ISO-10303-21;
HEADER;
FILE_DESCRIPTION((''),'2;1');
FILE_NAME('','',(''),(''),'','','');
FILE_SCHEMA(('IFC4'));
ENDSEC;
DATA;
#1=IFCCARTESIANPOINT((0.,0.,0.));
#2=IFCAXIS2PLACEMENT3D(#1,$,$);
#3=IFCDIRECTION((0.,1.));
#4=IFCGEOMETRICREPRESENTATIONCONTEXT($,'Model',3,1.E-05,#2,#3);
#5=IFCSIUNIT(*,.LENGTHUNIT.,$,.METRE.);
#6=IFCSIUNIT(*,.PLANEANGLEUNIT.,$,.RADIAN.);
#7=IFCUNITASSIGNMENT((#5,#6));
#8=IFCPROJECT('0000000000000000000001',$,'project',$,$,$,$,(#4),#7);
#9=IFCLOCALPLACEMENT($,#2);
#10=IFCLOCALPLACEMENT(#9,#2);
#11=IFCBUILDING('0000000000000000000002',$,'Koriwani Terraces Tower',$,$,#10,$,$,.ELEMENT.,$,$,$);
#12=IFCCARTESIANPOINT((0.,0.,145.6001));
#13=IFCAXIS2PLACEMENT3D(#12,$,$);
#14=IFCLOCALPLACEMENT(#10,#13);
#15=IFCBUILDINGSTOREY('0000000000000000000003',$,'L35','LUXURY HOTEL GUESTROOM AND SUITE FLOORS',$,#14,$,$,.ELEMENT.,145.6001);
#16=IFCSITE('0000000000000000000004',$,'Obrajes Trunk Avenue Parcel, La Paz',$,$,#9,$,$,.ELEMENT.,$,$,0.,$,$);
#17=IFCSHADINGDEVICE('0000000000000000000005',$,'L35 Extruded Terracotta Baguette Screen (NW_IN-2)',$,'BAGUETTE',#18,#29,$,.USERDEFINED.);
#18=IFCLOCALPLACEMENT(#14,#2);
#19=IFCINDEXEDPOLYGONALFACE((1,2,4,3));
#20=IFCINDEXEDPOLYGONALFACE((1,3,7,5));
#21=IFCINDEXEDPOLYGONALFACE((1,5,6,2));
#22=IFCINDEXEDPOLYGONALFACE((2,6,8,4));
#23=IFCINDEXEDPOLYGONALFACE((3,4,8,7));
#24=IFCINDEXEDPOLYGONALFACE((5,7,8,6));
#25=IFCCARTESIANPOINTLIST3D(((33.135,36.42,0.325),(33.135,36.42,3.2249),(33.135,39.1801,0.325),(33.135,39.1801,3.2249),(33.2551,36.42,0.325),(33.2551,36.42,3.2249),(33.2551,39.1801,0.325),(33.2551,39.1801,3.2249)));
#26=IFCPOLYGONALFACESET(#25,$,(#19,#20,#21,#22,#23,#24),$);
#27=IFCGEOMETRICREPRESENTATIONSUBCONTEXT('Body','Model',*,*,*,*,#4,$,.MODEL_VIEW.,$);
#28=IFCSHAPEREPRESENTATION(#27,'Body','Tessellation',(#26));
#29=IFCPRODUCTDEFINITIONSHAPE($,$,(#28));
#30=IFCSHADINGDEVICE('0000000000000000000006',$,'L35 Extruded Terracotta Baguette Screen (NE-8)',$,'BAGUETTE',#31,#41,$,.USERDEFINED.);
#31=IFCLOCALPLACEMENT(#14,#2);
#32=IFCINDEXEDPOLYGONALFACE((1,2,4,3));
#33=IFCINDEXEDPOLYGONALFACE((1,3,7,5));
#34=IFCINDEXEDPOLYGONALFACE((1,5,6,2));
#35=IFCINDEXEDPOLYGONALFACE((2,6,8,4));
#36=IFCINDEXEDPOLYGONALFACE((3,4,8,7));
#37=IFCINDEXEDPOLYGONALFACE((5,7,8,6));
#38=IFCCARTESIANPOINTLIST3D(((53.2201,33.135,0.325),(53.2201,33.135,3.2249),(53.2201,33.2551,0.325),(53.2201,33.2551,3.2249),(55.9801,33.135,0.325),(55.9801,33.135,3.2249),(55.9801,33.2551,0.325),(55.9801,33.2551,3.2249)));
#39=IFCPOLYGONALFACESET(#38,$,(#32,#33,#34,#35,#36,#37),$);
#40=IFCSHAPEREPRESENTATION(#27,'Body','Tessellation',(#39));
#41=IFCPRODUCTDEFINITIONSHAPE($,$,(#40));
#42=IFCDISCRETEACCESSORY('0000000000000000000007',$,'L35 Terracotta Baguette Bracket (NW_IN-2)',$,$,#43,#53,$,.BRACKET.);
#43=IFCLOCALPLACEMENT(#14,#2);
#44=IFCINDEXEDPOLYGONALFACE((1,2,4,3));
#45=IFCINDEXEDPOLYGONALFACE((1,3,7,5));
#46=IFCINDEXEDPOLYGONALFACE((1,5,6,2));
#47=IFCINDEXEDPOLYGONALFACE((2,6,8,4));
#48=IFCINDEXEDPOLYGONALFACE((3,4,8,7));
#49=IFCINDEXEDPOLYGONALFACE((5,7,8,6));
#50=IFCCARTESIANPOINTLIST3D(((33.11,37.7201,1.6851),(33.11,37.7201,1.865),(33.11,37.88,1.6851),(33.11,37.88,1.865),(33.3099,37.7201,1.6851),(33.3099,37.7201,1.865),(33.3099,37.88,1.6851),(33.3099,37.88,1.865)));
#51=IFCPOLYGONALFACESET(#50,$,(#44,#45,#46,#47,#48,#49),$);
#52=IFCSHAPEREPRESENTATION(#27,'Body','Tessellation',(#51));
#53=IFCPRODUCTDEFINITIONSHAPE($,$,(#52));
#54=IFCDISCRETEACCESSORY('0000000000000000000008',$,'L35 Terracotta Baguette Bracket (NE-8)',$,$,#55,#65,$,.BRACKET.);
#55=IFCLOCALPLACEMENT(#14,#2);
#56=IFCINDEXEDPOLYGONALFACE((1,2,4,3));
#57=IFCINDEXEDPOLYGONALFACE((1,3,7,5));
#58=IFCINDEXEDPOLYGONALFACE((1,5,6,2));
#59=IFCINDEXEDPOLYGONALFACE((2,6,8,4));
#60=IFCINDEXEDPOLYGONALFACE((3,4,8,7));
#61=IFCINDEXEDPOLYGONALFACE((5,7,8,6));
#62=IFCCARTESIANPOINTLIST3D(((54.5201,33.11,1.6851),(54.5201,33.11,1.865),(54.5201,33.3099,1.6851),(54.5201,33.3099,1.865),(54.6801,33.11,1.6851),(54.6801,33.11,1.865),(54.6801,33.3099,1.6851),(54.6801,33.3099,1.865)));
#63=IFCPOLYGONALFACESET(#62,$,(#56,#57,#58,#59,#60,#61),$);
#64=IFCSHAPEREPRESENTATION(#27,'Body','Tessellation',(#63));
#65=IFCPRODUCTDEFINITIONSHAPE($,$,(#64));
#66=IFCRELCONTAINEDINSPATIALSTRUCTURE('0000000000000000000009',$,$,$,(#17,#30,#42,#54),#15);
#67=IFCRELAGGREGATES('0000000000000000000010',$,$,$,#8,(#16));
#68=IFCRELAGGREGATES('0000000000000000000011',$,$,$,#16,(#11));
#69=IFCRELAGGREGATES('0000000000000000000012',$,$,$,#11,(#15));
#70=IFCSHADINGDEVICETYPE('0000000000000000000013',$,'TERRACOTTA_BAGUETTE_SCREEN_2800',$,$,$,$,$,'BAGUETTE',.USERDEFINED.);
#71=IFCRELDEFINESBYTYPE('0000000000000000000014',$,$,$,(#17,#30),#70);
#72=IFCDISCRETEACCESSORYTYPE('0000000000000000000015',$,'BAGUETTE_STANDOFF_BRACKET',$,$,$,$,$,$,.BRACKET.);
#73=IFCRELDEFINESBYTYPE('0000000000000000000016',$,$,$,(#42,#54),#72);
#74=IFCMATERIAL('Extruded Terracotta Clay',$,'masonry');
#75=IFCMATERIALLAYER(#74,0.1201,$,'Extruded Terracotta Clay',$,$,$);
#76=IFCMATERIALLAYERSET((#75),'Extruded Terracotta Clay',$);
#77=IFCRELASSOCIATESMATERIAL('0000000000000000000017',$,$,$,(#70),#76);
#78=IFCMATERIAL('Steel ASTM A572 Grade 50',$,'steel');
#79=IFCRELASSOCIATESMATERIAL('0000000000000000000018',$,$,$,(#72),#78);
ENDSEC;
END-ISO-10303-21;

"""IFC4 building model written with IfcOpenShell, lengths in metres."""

from ifc_helpers import new_model, si_unit, direction, frame, origin, origin_2d, place, context, subcontext, project, spatial, rectangle, extrude, material, layer, layer_set, type_object, element, save


model = new_model("IFC4")

# Units and contexts
model_context = context("Model", 3, precision=1e-05, world=origin(), true_north=direction((0.0, 1.0)))
body_context = subcontext(model_context, "Body", "Model", "MODEL_VIEW")
ifc_project = project(units=[si_unit("LENGTHUNIT", "METRE"), si_unit("PLANEANGLEUNIT", "RADIAN")], contexts=[model_context])

# Site, building, storey
site_placement = place(None, origin())
site = spatial("IfcSite", under=ifc_project, at=site_placement, Name="Obrajes Trunk Avenue Parcel, La Paz", CompositionType="ELEMENT", RefElevation=0.0)
building_placement = place(site_placement, origin())
building = spatial("IfcBuilding", under=site, at=building_placement, Name="Koriwani Terraces Tower", CompositionType="ELEMENT")
storey_placement = place(building_placement, frame((0.0, 0.0, 145.6001)))
storey = spatial("IfcBuildingStorey", under=building, at=storey_placement, Name="L35", Description="LUXURY HOTEL GUESTROOM AND SUITE FLOORS", CompositionType="ELEMENT", Elevation=145.6001)

# Shared definitions
ifc_material_1 = material(Name="Steel ASTM A572 Grade 50", Category="steel")

# Shading devices
ifc_material_2 = material(Name="Extruded Terracotta Clay", Category="masonry")
ifc_layer_1 = layer(ifc_material_2, 0.1201, Name="Extruded Terracotta Clay")
ifc_layer_set_1 = layer_set([ifc_layer_1], Name="Extruded Terracotta Clay")
shading_device_type = type_object("IfcShadingDeviceType", Name="TERRACOTTA_BAGUETTE_SCREEN_2800", ElementType="BAGUETTE", PredefinedType="USERDEFINED", material=ifc_layer_set_1)
for number, where, z_axis, x_axis, name in (
    (1, (33.1951, 37.8, 0.325), (0.0, 0.0, 1.0), (0.0, -1.0, 0.0), "L35 Extruded Terracotta Baguette Screen (NW_IN-2)"),
    (2, (54.6001, 33.1951, 0.325), (0.0, 0.0, 1.0), (1.0, 0.0, 0.0), "L35 Extruded Terracotta Baguette Screen (NE-8)"),
):
    element("IfcShadingDevice", number, at=place(storey_placement, frame(where, z_axis=z_axis, x_axis=x_axis)), inside=storey, type_object=shading_device_type, Name=name, ObjectType="BAGUETTE", PredefinedType="USERDEFINED", context=body_context, shape_type="SweptSolid", body=[
        extrude(rectangle(XDim=2.76, YDim=0.1201, at=origin_2d()), origin(), (0.0, 0.0, 1.0), 2.8999),
    ])

# Discrete accessories
discrete_accessory_type = type_object("IfcDiscreteAccessoryType", Name="BAGUETTE_STANDOFF_BRACKET", PredefinedType="BRACKET", material=ifc_material_1)
for number, where, z_axis, x_axis, name in (
    (3, (33.21, 37.8, 1.6851), (0.0, 0.0, 1.0), (0.0, -1.0, 0.0), "L35 Terracotta Baguette Bracket (NW_IN-2)"),
    (4, (54.6001, 33.21, 1.6851), (0.0, 0.0, 1.0), (1.0, 0.0, 0.0), "L35 Terracotta Baguette Bracket (NE-8)"),
):
    element("IfcDiscreteAccessory", number, at=place(storey_placement, frame(where, z_axis=z_axis, x_axis=x_axis)), inside=storey, type_object=discrete_accessory_type, Name=name, PredefinedType="BRACKET", context=body_context, shape_type="SweptSolid", body=[
        extrude(rectangle(XDim=0.1599, YDim=0.2, at=origin_2d()), origin(), (0.0, 0.0, 1.0), 0.1799),
    ])

save(model, "model.ifc")
